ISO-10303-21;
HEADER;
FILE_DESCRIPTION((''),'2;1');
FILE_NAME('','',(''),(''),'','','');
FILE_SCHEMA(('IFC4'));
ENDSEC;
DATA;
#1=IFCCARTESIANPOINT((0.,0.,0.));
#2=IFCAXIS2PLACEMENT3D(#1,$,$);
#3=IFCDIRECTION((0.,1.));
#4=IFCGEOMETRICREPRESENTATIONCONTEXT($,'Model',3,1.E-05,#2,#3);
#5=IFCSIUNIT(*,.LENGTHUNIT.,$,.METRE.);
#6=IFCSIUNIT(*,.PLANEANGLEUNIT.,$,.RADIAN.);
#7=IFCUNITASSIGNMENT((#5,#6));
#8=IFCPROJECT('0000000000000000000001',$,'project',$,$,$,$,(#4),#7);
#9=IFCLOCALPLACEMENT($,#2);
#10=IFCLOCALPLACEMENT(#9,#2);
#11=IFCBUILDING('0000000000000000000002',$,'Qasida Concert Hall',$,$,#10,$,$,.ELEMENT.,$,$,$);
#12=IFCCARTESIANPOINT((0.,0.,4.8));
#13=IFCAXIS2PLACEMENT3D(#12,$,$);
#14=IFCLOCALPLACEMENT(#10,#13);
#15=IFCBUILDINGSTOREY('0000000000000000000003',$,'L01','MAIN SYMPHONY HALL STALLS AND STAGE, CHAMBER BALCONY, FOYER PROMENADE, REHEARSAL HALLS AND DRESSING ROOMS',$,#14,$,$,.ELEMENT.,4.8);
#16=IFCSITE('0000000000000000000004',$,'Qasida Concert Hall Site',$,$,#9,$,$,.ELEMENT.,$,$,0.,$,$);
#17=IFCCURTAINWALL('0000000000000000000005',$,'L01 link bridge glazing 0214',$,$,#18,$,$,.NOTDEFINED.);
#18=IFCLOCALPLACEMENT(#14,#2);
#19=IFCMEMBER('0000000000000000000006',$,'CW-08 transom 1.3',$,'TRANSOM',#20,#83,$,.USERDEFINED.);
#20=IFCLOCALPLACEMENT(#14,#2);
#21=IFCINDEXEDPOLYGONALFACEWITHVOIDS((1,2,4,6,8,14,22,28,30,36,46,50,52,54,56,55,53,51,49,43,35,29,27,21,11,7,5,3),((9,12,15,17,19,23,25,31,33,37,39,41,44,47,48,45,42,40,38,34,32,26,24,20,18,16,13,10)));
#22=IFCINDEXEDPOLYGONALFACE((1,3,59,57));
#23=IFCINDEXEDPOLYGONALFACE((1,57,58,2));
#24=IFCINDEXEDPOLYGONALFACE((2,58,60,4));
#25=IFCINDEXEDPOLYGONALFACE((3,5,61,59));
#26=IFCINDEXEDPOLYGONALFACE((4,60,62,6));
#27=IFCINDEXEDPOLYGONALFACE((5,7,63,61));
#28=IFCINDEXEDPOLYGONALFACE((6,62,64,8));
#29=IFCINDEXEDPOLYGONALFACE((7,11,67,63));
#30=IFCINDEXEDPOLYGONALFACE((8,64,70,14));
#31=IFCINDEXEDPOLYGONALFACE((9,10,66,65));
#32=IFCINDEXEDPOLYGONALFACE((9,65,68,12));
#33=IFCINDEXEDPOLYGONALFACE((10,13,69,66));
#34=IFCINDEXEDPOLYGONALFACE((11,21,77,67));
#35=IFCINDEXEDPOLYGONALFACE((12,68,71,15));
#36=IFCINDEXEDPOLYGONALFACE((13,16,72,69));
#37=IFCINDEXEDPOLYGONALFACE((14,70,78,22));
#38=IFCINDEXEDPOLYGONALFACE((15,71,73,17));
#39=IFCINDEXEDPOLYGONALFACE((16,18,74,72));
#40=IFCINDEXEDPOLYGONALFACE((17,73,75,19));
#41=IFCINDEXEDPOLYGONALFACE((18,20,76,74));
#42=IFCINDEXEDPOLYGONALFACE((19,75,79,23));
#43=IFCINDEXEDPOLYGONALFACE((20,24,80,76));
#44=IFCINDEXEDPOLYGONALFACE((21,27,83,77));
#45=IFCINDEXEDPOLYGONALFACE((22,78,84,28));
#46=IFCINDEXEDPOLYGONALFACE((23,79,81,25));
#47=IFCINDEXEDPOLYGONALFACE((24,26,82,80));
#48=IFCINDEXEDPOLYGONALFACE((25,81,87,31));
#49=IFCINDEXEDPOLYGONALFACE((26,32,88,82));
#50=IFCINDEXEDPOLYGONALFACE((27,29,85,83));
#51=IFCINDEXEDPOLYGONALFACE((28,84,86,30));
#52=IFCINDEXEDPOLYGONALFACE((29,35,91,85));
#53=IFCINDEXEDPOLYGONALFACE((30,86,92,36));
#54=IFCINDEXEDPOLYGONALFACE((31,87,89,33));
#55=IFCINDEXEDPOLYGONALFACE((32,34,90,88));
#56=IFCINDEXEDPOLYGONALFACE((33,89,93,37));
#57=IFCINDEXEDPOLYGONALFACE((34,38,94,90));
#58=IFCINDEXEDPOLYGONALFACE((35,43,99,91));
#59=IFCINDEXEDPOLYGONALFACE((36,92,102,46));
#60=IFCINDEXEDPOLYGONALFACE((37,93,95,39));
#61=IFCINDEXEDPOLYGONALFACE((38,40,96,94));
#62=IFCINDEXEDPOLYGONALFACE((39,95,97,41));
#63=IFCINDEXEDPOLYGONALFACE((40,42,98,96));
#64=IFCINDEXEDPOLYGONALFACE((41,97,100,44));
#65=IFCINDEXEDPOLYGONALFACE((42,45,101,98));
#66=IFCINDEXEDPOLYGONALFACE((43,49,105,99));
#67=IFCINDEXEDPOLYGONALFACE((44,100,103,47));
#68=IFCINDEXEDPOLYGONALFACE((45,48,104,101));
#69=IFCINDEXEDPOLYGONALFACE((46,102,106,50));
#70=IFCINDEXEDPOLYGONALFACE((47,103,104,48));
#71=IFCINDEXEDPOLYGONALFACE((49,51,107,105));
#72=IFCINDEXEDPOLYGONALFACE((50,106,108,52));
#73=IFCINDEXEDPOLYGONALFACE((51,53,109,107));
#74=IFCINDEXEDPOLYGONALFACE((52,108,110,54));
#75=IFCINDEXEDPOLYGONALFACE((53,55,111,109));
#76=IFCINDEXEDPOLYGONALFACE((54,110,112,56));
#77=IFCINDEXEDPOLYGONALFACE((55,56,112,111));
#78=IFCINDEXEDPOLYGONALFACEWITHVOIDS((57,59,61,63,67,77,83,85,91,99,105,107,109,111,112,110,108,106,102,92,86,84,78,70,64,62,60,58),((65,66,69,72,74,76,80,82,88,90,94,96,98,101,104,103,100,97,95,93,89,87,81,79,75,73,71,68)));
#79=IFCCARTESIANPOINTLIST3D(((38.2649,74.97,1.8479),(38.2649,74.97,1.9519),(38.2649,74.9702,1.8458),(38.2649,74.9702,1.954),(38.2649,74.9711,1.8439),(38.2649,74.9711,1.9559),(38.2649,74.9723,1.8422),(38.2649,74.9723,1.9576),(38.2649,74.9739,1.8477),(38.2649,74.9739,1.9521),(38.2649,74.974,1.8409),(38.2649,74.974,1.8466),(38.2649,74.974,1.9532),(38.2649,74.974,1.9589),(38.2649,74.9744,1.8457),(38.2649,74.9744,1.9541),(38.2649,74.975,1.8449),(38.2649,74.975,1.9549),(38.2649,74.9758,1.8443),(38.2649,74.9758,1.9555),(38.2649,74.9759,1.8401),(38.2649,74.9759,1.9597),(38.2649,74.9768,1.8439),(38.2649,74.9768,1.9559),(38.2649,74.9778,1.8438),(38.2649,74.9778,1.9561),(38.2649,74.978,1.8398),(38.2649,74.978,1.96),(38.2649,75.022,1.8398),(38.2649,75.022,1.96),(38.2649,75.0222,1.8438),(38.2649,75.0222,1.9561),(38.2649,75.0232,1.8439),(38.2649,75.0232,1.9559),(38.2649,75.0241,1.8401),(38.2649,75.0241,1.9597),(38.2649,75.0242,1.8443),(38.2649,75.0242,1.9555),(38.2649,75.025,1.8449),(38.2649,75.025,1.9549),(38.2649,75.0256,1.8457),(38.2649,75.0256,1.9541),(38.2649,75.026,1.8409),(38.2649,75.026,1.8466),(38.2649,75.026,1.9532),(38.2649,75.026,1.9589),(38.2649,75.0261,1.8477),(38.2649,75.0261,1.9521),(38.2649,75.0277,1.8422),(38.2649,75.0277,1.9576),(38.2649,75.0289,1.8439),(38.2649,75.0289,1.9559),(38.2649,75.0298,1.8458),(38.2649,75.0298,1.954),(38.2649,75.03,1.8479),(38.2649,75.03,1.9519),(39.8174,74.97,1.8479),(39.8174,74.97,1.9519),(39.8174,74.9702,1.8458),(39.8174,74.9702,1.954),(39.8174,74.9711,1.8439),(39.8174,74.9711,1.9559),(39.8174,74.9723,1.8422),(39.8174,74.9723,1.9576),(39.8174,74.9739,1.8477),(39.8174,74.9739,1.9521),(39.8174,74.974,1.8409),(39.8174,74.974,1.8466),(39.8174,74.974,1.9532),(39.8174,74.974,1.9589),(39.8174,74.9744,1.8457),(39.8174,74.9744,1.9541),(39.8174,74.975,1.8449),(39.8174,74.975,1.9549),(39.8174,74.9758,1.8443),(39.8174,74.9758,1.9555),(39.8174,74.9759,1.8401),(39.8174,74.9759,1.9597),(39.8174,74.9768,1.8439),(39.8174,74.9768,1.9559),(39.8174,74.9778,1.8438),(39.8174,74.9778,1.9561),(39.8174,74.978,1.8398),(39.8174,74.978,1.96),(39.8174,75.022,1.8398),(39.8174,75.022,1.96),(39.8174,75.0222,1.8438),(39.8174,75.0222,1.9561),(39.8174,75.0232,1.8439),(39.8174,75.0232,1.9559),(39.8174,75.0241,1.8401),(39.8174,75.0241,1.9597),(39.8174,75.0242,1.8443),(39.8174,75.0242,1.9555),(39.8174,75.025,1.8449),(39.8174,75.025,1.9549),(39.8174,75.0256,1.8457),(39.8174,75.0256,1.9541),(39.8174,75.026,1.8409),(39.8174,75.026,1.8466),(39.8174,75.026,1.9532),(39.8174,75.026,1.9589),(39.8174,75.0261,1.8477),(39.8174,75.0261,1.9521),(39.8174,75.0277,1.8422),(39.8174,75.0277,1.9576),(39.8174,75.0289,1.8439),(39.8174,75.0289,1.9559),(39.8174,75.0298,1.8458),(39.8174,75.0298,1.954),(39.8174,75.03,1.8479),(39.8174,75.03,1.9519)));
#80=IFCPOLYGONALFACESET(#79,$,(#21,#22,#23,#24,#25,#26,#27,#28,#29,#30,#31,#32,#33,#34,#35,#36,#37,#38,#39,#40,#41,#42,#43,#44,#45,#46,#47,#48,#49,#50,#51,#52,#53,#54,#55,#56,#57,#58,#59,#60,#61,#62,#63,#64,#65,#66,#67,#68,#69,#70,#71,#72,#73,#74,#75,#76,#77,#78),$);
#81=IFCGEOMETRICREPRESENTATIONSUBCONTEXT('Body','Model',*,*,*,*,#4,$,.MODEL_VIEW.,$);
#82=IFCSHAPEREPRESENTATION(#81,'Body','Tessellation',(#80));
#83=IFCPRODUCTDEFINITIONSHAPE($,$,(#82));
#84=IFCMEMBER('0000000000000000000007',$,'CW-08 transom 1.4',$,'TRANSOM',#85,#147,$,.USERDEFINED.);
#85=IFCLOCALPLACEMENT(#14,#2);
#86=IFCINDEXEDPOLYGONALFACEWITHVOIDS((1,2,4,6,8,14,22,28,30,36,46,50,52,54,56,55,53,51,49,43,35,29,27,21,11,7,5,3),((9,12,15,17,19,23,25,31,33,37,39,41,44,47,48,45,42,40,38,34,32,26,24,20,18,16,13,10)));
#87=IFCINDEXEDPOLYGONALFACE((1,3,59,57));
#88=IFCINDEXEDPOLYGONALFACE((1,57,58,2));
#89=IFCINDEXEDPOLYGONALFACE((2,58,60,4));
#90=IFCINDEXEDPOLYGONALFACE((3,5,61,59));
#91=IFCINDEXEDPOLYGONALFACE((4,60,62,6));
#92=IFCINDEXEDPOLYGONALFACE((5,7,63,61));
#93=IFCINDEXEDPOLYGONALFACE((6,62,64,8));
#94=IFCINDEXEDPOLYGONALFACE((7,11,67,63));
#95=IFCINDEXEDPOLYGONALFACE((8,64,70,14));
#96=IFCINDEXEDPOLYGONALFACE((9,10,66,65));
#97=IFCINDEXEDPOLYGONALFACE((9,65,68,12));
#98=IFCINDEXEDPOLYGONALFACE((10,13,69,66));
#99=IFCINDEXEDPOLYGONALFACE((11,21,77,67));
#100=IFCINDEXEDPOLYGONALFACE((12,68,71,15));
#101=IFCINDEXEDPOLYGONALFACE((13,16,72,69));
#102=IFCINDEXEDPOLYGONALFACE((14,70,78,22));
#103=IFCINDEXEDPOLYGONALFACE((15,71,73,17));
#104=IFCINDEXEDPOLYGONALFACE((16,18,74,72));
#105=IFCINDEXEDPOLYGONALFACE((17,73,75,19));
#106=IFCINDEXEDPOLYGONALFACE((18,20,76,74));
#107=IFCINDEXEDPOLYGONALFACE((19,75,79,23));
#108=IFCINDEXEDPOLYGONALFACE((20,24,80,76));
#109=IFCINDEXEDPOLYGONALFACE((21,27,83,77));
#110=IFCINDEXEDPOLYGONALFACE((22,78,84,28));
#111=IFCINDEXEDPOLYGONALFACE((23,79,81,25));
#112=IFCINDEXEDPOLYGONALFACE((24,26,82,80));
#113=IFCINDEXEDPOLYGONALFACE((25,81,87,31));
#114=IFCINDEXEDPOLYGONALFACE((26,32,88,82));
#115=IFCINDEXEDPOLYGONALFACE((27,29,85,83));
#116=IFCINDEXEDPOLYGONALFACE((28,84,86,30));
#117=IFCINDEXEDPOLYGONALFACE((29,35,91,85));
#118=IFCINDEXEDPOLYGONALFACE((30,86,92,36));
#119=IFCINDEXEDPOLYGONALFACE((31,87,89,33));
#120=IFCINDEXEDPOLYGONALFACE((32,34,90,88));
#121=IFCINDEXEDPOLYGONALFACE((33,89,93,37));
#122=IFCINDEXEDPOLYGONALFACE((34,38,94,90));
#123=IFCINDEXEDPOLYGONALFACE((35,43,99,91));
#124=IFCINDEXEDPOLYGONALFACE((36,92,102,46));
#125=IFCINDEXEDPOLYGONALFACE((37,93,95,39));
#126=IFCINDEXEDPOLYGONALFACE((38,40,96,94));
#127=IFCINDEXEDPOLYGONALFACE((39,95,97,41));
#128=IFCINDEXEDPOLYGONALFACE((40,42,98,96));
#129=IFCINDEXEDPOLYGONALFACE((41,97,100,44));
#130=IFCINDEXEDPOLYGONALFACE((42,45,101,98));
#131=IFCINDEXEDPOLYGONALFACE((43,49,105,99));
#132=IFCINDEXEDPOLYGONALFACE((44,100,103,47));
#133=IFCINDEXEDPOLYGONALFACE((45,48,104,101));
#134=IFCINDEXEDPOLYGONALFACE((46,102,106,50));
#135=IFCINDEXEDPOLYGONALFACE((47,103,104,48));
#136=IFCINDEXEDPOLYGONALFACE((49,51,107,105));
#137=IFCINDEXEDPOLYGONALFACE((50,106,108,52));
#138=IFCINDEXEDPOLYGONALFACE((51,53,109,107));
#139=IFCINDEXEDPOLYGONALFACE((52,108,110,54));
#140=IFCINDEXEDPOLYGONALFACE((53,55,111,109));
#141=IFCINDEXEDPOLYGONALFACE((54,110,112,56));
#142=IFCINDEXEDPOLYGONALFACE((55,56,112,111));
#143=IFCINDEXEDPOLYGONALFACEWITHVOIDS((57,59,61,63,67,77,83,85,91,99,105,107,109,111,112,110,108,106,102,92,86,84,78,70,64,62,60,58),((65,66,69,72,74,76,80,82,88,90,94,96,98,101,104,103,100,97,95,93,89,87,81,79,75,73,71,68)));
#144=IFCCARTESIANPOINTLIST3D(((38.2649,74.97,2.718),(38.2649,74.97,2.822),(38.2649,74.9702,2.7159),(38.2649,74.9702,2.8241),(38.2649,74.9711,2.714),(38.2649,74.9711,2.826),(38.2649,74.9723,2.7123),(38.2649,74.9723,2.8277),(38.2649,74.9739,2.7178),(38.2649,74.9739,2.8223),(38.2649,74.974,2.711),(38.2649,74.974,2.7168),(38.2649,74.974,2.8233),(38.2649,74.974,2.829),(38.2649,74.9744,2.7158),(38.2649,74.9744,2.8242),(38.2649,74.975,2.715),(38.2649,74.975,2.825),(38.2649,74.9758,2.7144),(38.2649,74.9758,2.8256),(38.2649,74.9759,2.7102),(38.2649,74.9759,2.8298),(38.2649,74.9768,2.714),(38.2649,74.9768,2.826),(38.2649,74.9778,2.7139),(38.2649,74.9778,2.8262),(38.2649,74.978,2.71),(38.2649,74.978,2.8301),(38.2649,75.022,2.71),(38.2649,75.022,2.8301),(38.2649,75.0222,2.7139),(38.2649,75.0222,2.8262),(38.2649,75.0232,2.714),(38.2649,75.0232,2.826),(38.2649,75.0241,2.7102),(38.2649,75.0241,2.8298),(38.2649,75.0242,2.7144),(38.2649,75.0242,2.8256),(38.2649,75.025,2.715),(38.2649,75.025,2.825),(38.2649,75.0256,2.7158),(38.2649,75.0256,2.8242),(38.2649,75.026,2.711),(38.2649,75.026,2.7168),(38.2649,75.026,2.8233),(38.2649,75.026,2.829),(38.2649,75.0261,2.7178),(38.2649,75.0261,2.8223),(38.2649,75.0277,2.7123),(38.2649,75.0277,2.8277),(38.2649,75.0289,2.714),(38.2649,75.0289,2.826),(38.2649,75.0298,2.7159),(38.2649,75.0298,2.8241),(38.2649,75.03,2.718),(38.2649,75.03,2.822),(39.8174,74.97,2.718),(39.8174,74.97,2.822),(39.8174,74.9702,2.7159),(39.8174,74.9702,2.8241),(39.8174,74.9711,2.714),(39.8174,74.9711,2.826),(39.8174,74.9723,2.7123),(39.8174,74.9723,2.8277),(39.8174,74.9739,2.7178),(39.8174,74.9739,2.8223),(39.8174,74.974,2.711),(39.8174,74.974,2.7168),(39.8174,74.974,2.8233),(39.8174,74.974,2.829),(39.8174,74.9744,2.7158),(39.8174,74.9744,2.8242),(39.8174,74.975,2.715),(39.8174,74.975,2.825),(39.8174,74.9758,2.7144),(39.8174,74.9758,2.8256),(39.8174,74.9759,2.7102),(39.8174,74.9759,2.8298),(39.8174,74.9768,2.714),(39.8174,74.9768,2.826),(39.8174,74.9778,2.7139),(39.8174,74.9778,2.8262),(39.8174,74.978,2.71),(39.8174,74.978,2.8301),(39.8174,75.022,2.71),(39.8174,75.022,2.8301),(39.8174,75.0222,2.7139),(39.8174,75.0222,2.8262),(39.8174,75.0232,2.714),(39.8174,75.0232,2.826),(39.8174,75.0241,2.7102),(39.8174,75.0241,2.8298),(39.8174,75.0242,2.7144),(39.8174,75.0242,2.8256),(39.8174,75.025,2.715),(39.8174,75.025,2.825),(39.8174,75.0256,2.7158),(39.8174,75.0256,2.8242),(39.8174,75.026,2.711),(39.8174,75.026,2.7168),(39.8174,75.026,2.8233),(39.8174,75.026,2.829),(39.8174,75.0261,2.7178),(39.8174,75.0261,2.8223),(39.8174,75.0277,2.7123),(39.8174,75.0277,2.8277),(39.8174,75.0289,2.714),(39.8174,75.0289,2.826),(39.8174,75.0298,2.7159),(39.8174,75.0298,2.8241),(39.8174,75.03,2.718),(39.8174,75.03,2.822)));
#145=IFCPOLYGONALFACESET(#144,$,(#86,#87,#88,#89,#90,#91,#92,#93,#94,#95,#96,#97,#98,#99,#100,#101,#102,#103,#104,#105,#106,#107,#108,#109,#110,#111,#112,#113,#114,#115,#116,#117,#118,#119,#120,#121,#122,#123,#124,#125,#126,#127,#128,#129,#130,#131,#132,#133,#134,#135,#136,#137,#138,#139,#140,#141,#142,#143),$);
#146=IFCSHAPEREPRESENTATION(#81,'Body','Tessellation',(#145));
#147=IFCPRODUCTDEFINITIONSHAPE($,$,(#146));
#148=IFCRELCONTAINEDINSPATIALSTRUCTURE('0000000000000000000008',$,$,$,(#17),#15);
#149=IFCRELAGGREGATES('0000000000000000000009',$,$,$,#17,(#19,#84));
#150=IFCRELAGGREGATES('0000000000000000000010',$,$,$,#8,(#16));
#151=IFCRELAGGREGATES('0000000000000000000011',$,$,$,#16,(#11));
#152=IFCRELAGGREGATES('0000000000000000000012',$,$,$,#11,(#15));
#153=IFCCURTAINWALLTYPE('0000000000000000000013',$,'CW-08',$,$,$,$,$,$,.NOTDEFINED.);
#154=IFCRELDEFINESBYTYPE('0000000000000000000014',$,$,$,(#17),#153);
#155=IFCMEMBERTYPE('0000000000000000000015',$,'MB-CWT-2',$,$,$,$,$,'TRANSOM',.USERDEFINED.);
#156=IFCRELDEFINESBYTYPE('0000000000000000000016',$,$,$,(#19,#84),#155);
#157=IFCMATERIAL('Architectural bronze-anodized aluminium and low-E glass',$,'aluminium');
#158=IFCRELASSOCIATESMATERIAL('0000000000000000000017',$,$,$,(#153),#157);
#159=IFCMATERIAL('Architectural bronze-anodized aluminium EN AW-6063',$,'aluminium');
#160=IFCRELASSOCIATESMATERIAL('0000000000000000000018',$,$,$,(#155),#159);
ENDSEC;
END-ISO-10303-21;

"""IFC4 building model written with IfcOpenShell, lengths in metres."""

from ifc_helpers import new_model, si_unit, direction, frame, origin, origin_2d, place, context, subcontext, project, spatial, hollow_rectangle, extrude, material, material_profile, profile_set, type_object, element, aggregate, save


model = new_model("IFC4")

# Units and contexts
model_context = context("Model", 3, precision=1e-05, world=origin(), true_north=direction((0.0, 1.0)))
body_context = subcontext(model_context, "Body", "Model", "MODEL_VIEW")
ifc_project = project(units=[si_unit("LENGTHUNIT", "METRE"), si_unit("PLANEANGLEUNIT", "RADIAN")], contexts=[model_context])

# Site, building, storey
site_placement = place(None, origin())
site = spatial("IfcSite", under=ifc_project, at=site_placement, Name="Qasida Concert Hall Site", CompositionType="ELEMENT", RefElevation=0.0)
building_placement = place(site_placement, origin())
building = spatial("IfcBuilding", under=site, at=building_placement, Name="Qasida Concert Hall", CompositionType="ELEMENT")
storey_placement = place(building_placement, frame((0.0, 0.0, 4.8)))
storey = spatial("IfcBuildingStorey", under=building, at=storey_placement, Name="L01", Description="MAIN SYMPHONY HALL STALLS AND STAGE, CHAMBER BALCONY, FOYER PROMENADE, REHEARSAL HALLS AND DRESSING ROOMS", CompositionType="ELEMENT", Elevation=4.8)

# Curtain wall, members
ifc_material_1 = material(Name="Architectural bronze-anodized aluminium and low-E glass", Category="aluminium")
curtain_wall_type = type_object("IfcCurtainWallType", Name="CW-08", PredefinedType="NOTDEFINED", material=ifc_material_1)
curtain_wall_placement = place(storey_placement, origin())
curtain_wall = element("IfcCurtainWall", 1, at=curtain_wall_placement, inside=storey, type_object=curtain_wall_type, Name="L01 link bridge glazing 0214", PredefinedType="NOTDEFINED")
ifc_material_2 = material(Name="Architectural bronze-anodized aluminium EN AW-6063", Category="aluminium")
ifc_material_profile_1 = material_profile(ifc_material_2, hollow_rectangle(XDim=0.0601, YDim=0.1201, WallThickness=0.0039, InnerFilletRadius=0.0039, OuterFilletRadius=0.0081, at=origin_2d()), Name="CWT 120x60x4")
ifc_profile_set_1 = profile_set([ifc_material_profile_1], Name="Architectural bronze-anodized aluminium EN AW-6063")
member_type_1 = type_object("IfcMemberType", Name="MB-CWT-2", ElementType="TRANSOM", PredefinedType="USERDEFINED", material=ifc_profile_set_1)
member_1_placement = place(storey_placement, frame((38.2649, 75.0, 1.8999), z_axis=(1.0, 0.0, 0.0), x_axis=(0.0, 1.0, 0.0)))
member_1 = element("IfcMember", 2, at=member_1_placement, type_object=member_type_1, Name="CW-08 transom 1.3", ObjectType="TRANSOM", PredefinedType="USERDEFINED", context=body_context, shape_type="SweptSolid", body=[
    extrude(hollow_rectangle(XDim=0.0601, YDim=0.1201, WallThickness=0.0039, InnerFilletRadius=0.0039, OuterFilletRadius=0.0081, at=origin_2d()), origin(), (0.0, 0.0, 1.0), 1.5525),
])
member_2_placement = place(storey_placement, frame((38.2649, 75.0, 2.77), z_axis=(1.0, 0.0, 0.0), x_axis=(0.0, 1.0, 0.0)))
member_2 = element("IfcMember", 3, at=member_2_placement, type_object=member_type_1, Name="CW-08 transom 1.4", ObjectType="TRANSOM", PredefinedType="USERDEFINED", context=body_context, shape_type="SweptSolid", body=[
    extrude(hollow_rectangle(XDim=0.0601, YDim=0.1201, WallThickness=0.0039, InnerFilletRadius=0.0039, OuterFilletRadius=0.0081, at=origin_2d()), origin(), (0.0, 0.0, 1.0), 1.5525),
])
aggregate(curtain_wall, [member_1, member_2])

save(model, "model.ifc")
